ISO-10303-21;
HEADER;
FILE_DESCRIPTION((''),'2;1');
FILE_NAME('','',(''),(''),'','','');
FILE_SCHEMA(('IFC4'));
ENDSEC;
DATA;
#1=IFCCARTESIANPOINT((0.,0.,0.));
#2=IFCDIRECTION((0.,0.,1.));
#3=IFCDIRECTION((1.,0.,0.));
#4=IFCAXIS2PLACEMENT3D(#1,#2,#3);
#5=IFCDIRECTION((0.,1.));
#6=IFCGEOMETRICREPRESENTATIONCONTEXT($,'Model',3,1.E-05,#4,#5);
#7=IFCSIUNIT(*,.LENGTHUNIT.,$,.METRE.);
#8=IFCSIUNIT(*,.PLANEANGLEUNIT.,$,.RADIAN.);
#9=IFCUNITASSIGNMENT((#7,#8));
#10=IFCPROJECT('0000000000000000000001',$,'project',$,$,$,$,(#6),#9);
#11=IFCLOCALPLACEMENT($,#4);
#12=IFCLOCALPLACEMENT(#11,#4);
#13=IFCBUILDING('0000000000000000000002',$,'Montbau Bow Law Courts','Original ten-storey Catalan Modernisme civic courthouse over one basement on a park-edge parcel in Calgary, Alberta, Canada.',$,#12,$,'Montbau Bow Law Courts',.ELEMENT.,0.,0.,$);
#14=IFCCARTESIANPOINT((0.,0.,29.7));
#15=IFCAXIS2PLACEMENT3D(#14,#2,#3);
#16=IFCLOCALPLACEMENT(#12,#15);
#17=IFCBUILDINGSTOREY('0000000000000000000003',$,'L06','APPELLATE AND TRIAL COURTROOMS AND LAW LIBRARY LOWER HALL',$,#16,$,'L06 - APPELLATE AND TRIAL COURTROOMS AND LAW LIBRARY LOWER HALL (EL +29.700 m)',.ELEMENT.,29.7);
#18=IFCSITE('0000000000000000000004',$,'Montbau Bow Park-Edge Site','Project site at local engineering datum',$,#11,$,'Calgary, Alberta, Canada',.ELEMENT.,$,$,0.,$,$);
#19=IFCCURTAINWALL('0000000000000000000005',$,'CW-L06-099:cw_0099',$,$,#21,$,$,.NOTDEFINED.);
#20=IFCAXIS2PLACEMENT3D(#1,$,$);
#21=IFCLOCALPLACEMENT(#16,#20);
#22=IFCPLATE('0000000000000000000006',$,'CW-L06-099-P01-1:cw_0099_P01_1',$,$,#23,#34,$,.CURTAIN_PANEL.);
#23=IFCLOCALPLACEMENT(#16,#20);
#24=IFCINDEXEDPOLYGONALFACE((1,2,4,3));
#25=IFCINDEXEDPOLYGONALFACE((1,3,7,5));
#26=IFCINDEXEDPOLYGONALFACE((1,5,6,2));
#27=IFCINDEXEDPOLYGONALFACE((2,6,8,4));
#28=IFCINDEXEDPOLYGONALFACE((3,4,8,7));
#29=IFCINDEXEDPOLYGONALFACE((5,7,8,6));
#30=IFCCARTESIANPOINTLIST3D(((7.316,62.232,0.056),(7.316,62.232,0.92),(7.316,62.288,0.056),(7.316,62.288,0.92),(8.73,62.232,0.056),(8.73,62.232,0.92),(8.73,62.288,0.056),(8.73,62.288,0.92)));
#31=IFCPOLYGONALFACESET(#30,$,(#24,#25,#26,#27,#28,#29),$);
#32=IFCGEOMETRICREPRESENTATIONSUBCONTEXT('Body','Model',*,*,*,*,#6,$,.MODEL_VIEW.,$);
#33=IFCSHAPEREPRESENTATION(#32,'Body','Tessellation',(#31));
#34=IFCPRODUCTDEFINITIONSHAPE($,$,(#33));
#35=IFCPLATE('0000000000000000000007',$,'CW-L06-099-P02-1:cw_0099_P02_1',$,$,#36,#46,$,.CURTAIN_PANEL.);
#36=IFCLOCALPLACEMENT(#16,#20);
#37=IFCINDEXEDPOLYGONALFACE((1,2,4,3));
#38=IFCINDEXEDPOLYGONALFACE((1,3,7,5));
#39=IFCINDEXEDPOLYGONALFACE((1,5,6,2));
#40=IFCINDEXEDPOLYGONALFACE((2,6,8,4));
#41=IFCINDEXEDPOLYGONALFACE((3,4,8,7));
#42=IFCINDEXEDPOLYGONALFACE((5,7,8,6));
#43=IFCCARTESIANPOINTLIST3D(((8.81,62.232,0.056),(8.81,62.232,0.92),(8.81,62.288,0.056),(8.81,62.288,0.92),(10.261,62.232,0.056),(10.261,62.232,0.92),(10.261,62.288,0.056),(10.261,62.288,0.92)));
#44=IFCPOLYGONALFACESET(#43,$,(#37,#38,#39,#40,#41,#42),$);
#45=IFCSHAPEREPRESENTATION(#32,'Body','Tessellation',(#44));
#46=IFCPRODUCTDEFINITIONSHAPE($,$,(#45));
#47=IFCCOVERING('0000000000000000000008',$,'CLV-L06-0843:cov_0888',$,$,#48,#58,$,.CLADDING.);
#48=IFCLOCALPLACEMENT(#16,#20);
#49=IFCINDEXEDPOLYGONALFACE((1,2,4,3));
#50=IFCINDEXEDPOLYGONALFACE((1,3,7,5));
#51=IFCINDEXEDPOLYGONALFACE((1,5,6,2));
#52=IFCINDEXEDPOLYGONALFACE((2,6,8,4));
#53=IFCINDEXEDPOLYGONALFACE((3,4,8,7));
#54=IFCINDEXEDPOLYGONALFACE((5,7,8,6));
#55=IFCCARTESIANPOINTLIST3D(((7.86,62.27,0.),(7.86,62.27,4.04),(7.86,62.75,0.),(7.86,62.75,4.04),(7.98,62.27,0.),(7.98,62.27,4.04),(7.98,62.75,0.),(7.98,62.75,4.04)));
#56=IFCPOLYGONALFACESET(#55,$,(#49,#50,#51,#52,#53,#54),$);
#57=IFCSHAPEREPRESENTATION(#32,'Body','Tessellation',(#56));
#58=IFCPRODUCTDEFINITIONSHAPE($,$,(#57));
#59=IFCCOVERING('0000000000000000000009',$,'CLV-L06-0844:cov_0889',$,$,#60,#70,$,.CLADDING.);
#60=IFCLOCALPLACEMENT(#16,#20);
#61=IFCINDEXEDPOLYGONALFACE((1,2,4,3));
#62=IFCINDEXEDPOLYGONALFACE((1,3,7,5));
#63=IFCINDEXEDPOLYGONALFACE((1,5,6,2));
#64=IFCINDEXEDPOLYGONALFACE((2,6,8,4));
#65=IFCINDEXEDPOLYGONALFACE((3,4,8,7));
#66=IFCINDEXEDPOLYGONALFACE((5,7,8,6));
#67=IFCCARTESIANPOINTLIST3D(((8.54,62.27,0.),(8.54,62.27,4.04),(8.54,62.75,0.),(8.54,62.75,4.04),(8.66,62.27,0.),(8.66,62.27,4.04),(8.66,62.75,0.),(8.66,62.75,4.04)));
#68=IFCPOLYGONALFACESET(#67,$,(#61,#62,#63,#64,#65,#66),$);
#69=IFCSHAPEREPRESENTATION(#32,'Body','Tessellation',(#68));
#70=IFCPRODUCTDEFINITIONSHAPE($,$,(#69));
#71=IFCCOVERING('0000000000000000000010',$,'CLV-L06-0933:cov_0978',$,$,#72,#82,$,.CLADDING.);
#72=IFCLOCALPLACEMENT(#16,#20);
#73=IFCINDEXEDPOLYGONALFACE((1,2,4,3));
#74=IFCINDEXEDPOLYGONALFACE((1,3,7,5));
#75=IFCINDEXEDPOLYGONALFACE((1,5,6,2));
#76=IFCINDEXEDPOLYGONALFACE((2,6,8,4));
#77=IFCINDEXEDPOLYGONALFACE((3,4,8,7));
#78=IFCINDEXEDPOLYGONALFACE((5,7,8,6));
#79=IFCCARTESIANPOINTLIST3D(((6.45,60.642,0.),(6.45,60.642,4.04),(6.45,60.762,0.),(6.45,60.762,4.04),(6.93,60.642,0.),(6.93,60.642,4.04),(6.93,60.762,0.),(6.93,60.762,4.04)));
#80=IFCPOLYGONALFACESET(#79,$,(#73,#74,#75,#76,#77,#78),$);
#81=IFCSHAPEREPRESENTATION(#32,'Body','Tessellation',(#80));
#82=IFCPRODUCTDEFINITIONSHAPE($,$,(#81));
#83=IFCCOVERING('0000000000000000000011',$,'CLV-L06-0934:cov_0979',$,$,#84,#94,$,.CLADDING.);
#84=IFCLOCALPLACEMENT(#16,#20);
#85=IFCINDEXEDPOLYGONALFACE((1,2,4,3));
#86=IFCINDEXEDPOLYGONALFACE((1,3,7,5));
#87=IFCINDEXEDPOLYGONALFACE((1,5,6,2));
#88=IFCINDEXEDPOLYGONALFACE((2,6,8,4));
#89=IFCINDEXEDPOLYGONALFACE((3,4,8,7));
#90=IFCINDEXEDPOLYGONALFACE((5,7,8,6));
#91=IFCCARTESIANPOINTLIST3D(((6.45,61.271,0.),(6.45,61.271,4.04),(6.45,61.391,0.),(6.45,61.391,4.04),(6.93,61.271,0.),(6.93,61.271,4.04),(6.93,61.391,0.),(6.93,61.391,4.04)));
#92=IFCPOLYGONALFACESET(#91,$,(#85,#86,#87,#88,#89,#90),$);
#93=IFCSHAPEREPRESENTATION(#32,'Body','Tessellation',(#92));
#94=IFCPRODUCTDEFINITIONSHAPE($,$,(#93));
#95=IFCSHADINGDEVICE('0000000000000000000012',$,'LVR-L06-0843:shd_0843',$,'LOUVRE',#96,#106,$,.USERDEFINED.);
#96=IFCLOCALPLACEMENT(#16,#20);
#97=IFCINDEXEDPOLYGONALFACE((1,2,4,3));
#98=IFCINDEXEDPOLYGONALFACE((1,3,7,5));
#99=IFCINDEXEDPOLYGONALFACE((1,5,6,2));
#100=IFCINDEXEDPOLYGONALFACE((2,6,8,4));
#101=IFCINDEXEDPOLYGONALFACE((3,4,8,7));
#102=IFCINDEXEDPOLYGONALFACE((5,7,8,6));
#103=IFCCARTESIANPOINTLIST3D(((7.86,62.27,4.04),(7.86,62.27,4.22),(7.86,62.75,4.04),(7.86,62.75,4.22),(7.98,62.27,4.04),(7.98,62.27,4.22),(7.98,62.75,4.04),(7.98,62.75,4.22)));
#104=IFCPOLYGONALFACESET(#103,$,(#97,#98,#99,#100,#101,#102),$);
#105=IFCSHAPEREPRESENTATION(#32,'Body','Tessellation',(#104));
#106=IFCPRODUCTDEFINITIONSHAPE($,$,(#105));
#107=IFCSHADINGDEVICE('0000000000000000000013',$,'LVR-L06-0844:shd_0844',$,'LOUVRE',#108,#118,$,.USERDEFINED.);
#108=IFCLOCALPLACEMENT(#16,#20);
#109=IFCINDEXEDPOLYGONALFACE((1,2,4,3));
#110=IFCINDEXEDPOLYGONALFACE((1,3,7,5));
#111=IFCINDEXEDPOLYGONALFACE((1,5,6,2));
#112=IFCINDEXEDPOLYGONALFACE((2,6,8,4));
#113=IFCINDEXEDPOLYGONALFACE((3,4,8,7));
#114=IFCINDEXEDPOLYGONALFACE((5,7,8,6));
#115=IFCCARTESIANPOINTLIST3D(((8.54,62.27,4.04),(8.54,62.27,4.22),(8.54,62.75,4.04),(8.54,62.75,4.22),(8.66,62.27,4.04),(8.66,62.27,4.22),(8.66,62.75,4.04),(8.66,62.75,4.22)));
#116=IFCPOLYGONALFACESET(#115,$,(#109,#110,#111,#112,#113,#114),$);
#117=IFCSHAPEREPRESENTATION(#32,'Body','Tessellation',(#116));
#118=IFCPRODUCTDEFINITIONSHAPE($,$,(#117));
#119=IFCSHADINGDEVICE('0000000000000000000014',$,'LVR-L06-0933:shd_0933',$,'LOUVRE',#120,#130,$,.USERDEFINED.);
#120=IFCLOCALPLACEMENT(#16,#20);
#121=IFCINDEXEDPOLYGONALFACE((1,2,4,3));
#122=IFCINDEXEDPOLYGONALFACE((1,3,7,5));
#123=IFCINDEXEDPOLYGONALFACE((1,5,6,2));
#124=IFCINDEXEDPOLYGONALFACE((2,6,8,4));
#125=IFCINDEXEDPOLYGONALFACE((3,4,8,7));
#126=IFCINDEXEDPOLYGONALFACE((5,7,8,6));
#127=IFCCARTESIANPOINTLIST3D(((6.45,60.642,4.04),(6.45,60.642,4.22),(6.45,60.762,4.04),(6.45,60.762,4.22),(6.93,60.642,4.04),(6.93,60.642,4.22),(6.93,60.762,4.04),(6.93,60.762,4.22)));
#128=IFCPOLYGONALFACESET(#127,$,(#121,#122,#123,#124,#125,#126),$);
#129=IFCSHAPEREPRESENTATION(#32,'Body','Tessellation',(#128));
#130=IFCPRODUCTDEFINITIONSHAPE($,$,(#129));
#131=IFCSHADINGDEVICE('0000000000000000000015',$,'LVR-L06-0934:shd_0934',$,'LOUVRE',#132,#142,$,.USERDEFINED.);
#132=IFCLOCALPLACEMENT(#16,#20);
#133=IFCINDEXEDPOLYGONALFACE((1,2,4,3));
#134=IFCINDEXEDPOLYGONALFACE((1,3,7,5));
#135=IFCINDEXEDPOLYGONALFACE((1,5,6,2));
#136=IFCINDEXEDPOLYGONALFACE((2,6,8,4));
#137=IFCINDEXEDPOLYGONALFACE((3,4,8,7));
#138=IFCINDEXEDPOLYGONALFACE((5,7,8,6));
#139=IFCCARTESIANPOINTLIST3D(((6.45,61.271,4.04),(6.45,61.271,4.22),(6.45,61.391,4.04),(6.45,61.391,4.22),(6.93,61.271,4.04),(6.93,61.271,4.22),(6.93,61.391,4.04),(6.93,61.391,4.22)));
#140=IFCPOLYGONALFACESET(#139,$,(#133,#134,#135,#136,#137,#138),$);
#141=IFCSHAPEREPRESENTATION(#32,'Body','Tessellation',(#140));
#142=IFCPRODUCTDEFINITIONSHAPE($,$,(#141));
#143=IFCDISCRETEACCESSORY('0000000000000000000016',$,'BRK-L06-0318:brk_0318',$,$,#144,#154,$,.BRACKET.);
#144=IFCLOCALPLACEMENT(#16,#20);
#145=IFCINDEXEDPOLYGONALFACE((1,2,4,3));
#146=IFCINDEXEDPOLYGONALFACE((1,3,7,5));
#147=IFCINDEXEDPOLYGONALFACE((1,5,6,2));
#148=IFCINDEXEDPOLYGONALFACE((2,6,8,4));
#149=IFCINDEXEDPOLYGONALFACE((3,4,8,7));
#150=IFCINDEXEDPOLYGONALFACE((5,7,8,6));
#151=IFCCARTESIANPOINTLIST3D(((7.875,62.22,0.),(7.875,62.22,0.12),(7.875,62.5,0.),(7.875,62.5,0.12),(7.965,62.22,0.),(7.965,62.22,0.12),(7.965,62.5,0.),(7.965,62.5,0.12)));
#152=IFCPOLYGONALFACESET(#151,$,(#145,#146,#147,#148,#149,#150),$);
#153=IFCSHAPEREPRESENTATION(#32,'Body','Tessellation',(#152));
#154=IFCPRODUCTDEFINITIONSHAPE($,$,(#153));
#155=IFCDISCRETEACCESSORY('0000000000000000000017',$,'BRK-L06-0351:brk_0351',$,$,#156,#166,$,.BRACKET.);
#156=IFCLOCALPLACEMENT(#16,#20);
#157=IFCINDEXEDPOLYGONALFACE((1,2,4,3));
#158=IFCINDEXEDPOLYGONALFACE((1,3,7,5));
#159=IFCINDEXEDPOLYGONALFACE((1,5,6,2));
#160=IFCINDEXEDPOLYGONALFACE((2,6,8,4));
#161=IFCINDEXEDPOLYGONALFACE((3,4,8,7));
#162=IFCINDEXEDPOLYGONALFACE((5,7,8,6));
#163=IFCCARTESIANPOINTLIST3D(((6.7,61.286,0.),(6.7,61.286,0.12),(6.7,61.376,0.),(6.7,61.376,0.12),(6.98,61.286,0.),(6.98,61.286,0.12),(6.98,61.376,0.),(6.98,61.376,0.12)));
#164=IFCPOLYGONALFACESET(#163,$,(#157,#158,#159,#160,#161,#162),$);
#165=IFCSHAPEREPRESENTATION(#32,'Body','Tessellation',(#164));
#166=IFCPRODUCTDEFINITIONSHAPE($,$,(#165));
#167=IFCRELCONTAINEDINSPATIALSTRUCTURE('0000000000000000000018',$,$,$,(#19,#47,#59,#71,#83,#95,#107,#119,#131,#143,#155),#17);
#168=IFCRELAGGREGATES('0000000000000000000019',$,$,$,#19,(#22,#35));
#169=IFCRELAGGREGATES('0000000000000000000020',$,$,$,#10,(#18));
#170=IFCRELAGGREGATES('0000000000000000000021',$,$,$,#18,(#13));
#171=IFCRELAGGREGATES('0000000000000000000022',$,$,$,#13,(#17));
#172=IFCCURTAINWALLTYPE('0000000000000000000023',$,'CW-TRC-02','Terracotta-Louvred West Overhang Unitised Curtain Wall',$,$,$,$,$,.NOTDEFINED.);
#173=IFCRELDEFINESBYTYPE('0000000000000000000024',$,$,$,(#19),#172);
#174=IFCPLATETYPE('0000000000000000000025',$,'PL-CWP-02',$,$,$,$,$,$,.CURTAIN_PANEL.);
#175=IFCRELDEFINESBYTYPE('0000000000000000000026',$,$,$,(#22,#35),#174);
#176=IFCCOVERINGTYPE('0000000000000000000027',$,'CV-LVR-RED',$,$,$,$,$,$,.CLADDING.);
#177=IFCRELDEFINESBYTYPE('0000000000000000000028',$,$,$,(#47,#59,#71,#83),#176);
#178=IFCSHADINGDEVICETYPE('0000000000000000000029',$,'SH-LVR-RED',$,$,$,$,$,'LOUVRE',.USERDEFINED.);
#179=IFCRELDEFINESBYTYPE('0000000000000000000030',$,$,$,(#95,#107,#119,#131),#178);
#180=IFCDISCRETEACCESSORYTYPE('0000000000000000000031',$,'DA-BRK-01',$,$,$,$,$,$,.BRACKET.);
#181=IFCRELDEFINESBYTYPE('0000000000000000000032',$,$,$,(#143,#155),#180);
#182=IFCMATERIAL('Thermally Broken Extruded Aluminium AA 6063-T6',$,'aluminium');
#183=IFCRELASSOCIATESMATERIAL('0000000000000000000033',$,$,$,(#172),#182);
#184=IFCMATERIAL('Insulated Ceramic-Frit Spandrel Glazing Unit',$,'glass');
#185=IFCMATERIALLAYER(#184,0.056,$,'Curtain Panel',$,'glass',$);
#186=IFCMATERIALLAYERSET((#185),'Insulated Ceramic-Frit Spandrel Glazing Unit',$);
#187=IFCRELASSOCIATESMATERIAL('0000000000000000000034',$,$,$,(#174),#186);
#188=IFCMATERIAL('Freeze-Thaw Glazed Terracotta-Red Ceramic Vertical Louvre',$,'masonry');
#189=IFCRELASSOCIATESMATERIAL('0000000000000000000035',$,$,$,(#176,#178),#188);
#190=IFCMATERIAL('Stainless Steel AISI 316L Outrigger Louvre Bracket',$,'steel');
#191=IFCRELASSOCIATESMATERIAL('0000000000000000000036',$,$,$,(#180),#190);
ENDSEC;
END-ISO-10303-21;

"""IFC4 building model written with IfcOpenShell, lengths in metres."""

from ifc_helpers import new_model, si_unit, direction, frame, frame_2d, origin_with_axes, origin_2d_with_axis, place, context, subcontext, project, spatial, rectangle, extrude, material, layer, layer_set, type_object, element, aggregate, save


model = new_model("IFC4")

# Units and contexts
model_context = context("Model", 3, precision=1e-05, world=origin_with_axes(), true_north=direction((0.0, 1.0)))
body_context = subcontext(model_context, "Body", "Model", "MODEL_VIEW")
ifc_project = project(units=[si_unit("LENGTHUNIT", "METRE"), si_unit("PLANEANGLEUNIT", "RADIAN")], contexts=[model_context])

# Site, building, storey
site_placement = place(None, origin_with_axes())
site = spatial("IfcSite", under=ifc_project, at=site_placement, Name="Montbau Bow Park-Edge Site", Description="Project site at local engineering datum", LongName="Calgary, Alberta, Canada", CompositionType="ELEMENT", RefElevation=0.0)
building_placement = place(site_placement, origin_with_axes())
building = spatial("IfcBuilding", under=site, at=building_placement, Name="Montbau Bow Law Courts", Description="Original ten-storey Catalan Modernisme civic courthouse over one basement on a park-edge parcel in Calgary, Alberta, Canada.", LongName="Montbau Bow Law Courts", CompositionType="ELEMENT", ElevationOfRefHeight=0.0, ElevationOfTerrain=0.0)
storey_placement = place(building_placement, frame((0.0, 0.0, 29.7), z_axis=(0.0, 0.0, 1.0), x_axis=(1.0, 0.0, 0.0)))
storey = spatial("IfcBuildingStorey", under=building, at=storey_placement, Name="L06", Description="APPELLATE AND TRIAL COURTROOMS AND LAW LIBRARY LOWER HALL", LongName="L06 - APPELLATE AND TRIAL COURTROOMS AND LAW LIBRARY LOWER HALL (EL +29.700 m)", CompositionType="ELEMENT", Elevation=29.7)

# Curtain wall
ifc_material_1 = material(Name="Thermally Broken Extruded Aluminium AA 6063-T6", Category="aluminium")
curtain_wall_type = type_object("IfcCurtainWallType", Name="CW-TRC-02", Description="Terracotta-Louvred West Overhang Unitised Curtain Wall", PredefinedType="NOTDEFINED", material=ifc_material_1)
curtain_wall_1_placement = place(None, frame((7.24, 62.26, 29.7), z_axis=(0.0, 0.0, 1.0), x_axis=(1.0, 0.0, 0.0)))
curtain_wall_1 = element("IfcCurtainWall", 1, at=curtain_wall_1_placement, inside=storey, type_object=curtain_wall_type, Name="CW-L06-099:cw_0099", PredefinedType="NOTDEFINED")

# Plates
ifc_material_2 = material(Name="Insulated Ceramic-Frit Spandrel Glazing Unit", Category="glass")
ifc_layer_1 = layer(ifc_material_2, 0.056, Name="Curtain Panel", Category="glass")
ifc_layer_set_1 = layer_set([ifc_layer_1], Name="Insulated Ceramic-Frit Spandrel Glazing Unit")
plate_type_1 = type_object("IfcPlateType", Name="PL-CWP-02", PredefinedType="CURTAIN_PANEL", material=ifc_layer_set_1)
plate_1_placement = place(None, frame((7.316, 62.26, 29.756), z_axis=(0.0, -1.0, 0.0), x_axis=(1.0, 0.0, 0.0)))
plate_1 = element("IfcPlate", 2, at=plate_1_placement, type_object=plate_type_1, Name="CW-L06-099-P01-1:cw_0099_P01_1", PredefinedType="CURTAIN_PANEL", context=body_context, shape_type="SweptSolid", body=[
    extrude(rectangle(XDim=1.414, YDim=0.864, at=frame_2d((0.707, 0.432), x_axis=(1.0, 0.0))), frame((0.0, 0.0, -0.028), z_axis=(0.0, 0.0, 1.0), x_axis=(1.0, 0.0, 0.0)), (0.0, 0.0, 1.0), 0.056),
])
plate_2_placement = place(None, frame((8.81, 62.26, 29.756), z_axis=(0.0, -1.0, 0.0), x_axis=(1.0, 0.0, 0.0)))
plate_2 = element("IfcPlate", 3, at=plate_2_placement, type_object=plate_type_1, Name="CW-L06-099-P02-1:cw_0099_P02_1", PredefinedType="CURTAIN_PANEL", context=body_context, shape_type="SweptSolid", body=[
    extrude(rectangle(XDim=1.451, YDim=0.864, at=frame_2d((0.7255, 0.432), x_axis=(1.0, 0.0))), frame((0.0, 0.0, -0.028), z_axis=(0.0, 0.0, 1.0), x_axis=(1.0, 0.0, 0.0)), (0.0, 0.0, 1.0), 0.056),
])
aggregate(curtain_wall_1, [plate_1, plate_2])

# Coverings
ifc_material_3 = material(Name="Freeze-Thaw Glazed Terracotta-Red Ceramic Vertical Louvre", Category="masonry")
covering_type = type_object("IfcCoveringType", Name="CV-LVR-RED", PredefinedType="CLADDING", material=ifc_material_3)
for number, where, z_axis, x_axis, name in (
    (4, (7.92, 62.27, 29.7), (1.0, 0.0, 0.0), (0.0, 1.0, 0.0), "CLV-L06-0843:cov_0888"),
    (5, (8.6, 62.27, 29.7), (1.0, 0.0, 0.0), (0.0, 1.0, 0.0), "CLV-L06-0844:cov_0889"),
    (6, (6.93, 60.702, 29.7), (0.0, 1.0, 0.0), (-1.0, 0.0, 0.0), "CLV-L06-0933:cov_0978"),
    (7, (6.93, 61.331, 29.7), (0.0, 1.0, 0.0), (-1.0, 0.0, 0.0), "CLV-L06-0934:cov_0979"),
):
    element("IfcCovering", number, at=place(None, frame(where, z_axis=z_axis, x_axis=x_axis)), inside=storey, type_object=covering_type, Name=name, PredefinedType="CLADDING", context=body_context, shape_type="SweptSolid", body=[
        extrude(rectangle(XDim=0.48, YDim=4.04, at=frame_2d((0.24, 2.02), x_axis=(1.0, 0.0))), frame((0.0, 0.0, -0.06), z_axis=(0.0, 0.0, 1.0), x_axis=(1.0, 0.0, 0.0)), (0.0, 0.0, 1.0), 0.12),
    ])

# Shading devices
shading_device_type = type_object("IfcShadingDeviceType", Name="SH-LVR-RED", ElementType="LOUVRE", PredefinedType="USERDEFINED", material=ifc_material_3)
for number, where, z_axis, x_axis, name in (
    (8, (7.92, 62.51, 33.74), (0.0, 0.0, 1.0), (0.0, 1.0, 0.0), "LVR-L06-0843:shd_0843"),
    (9, (8.6, 62.51, 33.74), (0.0, 0.0, 1.0), (0.0, 1.0, 0.0), "LVR-L06-0844:shd_0844"),
    (10, (6.69, 60.702, 33.74), (0.0, 0.0, 1.0), (-1.0, 0.0, 0.0), "LVR-L06-0933:shd_0933"),
    (11, (6.69, 61.331, 33.74), (0.0, 0.0, 1.0), (-1.0, 0.0, 0.0), "LVR-L06-0934:shd_0934"),
):
    element("IfcShadingDevice", number, at=place(None, frame(where, z_axis=z_axis, x_axis=x_axis)), inside=storey, type_object=shading_device_type, Name=name, ObjectType="LOUVRE", PredefinedType="USERDEFINED", context=body_context, shape_type="SweptSolid", body=[
        extrude(rectangle(XDim=0.48, YDim=0.12, at=origin_2d_with_axis()), origin_with_axes(), (0.0, 0.0, 1.0), 0.18),
    ])

# Discrete accessories
ifc_material_4 = material(Name="Stainless Steel AISI 316L Outrigger Louvre Bracket", Category="steel")
discrete_accessory_type = type_object("IfcDiscreteAccessoryType", Name="DA-BRK-01", PredefinedType="BRACKET", material=ifc_material_4)
for number, where, z_axis, x_axis, name in (
    (12, (7.92, 62.36, 29.7), (0.0, 0.0, 1.0), (0.0, 1.0, 0.0), "BRK-L06-0318:brk_0318"),
    (13, (6.84, 61.331, 29.7), (0.0, 0.0, 1.0), (-1.0, 0.0, 0.0), "BRK-L06-0351:brk_0351"),
):
    element("IfcDiscreteAccessory", number, at=place(None, frame(where, z_axis=z_axis, x_axis=x_axis)), inside=storey, type_object=discrete_accessory_type, Name=name, PredefinedType="BRACKET", context=body_context, shape_type="SweptSolid", body=[
        extrude(rectangle(XDim=0.28, YDim=0.09, at=origin_2d_with_axis()), origin_with_axes(), (0.0, 0.0, 1.0), 0.12),
    ])

save(model, "model.ifc")
